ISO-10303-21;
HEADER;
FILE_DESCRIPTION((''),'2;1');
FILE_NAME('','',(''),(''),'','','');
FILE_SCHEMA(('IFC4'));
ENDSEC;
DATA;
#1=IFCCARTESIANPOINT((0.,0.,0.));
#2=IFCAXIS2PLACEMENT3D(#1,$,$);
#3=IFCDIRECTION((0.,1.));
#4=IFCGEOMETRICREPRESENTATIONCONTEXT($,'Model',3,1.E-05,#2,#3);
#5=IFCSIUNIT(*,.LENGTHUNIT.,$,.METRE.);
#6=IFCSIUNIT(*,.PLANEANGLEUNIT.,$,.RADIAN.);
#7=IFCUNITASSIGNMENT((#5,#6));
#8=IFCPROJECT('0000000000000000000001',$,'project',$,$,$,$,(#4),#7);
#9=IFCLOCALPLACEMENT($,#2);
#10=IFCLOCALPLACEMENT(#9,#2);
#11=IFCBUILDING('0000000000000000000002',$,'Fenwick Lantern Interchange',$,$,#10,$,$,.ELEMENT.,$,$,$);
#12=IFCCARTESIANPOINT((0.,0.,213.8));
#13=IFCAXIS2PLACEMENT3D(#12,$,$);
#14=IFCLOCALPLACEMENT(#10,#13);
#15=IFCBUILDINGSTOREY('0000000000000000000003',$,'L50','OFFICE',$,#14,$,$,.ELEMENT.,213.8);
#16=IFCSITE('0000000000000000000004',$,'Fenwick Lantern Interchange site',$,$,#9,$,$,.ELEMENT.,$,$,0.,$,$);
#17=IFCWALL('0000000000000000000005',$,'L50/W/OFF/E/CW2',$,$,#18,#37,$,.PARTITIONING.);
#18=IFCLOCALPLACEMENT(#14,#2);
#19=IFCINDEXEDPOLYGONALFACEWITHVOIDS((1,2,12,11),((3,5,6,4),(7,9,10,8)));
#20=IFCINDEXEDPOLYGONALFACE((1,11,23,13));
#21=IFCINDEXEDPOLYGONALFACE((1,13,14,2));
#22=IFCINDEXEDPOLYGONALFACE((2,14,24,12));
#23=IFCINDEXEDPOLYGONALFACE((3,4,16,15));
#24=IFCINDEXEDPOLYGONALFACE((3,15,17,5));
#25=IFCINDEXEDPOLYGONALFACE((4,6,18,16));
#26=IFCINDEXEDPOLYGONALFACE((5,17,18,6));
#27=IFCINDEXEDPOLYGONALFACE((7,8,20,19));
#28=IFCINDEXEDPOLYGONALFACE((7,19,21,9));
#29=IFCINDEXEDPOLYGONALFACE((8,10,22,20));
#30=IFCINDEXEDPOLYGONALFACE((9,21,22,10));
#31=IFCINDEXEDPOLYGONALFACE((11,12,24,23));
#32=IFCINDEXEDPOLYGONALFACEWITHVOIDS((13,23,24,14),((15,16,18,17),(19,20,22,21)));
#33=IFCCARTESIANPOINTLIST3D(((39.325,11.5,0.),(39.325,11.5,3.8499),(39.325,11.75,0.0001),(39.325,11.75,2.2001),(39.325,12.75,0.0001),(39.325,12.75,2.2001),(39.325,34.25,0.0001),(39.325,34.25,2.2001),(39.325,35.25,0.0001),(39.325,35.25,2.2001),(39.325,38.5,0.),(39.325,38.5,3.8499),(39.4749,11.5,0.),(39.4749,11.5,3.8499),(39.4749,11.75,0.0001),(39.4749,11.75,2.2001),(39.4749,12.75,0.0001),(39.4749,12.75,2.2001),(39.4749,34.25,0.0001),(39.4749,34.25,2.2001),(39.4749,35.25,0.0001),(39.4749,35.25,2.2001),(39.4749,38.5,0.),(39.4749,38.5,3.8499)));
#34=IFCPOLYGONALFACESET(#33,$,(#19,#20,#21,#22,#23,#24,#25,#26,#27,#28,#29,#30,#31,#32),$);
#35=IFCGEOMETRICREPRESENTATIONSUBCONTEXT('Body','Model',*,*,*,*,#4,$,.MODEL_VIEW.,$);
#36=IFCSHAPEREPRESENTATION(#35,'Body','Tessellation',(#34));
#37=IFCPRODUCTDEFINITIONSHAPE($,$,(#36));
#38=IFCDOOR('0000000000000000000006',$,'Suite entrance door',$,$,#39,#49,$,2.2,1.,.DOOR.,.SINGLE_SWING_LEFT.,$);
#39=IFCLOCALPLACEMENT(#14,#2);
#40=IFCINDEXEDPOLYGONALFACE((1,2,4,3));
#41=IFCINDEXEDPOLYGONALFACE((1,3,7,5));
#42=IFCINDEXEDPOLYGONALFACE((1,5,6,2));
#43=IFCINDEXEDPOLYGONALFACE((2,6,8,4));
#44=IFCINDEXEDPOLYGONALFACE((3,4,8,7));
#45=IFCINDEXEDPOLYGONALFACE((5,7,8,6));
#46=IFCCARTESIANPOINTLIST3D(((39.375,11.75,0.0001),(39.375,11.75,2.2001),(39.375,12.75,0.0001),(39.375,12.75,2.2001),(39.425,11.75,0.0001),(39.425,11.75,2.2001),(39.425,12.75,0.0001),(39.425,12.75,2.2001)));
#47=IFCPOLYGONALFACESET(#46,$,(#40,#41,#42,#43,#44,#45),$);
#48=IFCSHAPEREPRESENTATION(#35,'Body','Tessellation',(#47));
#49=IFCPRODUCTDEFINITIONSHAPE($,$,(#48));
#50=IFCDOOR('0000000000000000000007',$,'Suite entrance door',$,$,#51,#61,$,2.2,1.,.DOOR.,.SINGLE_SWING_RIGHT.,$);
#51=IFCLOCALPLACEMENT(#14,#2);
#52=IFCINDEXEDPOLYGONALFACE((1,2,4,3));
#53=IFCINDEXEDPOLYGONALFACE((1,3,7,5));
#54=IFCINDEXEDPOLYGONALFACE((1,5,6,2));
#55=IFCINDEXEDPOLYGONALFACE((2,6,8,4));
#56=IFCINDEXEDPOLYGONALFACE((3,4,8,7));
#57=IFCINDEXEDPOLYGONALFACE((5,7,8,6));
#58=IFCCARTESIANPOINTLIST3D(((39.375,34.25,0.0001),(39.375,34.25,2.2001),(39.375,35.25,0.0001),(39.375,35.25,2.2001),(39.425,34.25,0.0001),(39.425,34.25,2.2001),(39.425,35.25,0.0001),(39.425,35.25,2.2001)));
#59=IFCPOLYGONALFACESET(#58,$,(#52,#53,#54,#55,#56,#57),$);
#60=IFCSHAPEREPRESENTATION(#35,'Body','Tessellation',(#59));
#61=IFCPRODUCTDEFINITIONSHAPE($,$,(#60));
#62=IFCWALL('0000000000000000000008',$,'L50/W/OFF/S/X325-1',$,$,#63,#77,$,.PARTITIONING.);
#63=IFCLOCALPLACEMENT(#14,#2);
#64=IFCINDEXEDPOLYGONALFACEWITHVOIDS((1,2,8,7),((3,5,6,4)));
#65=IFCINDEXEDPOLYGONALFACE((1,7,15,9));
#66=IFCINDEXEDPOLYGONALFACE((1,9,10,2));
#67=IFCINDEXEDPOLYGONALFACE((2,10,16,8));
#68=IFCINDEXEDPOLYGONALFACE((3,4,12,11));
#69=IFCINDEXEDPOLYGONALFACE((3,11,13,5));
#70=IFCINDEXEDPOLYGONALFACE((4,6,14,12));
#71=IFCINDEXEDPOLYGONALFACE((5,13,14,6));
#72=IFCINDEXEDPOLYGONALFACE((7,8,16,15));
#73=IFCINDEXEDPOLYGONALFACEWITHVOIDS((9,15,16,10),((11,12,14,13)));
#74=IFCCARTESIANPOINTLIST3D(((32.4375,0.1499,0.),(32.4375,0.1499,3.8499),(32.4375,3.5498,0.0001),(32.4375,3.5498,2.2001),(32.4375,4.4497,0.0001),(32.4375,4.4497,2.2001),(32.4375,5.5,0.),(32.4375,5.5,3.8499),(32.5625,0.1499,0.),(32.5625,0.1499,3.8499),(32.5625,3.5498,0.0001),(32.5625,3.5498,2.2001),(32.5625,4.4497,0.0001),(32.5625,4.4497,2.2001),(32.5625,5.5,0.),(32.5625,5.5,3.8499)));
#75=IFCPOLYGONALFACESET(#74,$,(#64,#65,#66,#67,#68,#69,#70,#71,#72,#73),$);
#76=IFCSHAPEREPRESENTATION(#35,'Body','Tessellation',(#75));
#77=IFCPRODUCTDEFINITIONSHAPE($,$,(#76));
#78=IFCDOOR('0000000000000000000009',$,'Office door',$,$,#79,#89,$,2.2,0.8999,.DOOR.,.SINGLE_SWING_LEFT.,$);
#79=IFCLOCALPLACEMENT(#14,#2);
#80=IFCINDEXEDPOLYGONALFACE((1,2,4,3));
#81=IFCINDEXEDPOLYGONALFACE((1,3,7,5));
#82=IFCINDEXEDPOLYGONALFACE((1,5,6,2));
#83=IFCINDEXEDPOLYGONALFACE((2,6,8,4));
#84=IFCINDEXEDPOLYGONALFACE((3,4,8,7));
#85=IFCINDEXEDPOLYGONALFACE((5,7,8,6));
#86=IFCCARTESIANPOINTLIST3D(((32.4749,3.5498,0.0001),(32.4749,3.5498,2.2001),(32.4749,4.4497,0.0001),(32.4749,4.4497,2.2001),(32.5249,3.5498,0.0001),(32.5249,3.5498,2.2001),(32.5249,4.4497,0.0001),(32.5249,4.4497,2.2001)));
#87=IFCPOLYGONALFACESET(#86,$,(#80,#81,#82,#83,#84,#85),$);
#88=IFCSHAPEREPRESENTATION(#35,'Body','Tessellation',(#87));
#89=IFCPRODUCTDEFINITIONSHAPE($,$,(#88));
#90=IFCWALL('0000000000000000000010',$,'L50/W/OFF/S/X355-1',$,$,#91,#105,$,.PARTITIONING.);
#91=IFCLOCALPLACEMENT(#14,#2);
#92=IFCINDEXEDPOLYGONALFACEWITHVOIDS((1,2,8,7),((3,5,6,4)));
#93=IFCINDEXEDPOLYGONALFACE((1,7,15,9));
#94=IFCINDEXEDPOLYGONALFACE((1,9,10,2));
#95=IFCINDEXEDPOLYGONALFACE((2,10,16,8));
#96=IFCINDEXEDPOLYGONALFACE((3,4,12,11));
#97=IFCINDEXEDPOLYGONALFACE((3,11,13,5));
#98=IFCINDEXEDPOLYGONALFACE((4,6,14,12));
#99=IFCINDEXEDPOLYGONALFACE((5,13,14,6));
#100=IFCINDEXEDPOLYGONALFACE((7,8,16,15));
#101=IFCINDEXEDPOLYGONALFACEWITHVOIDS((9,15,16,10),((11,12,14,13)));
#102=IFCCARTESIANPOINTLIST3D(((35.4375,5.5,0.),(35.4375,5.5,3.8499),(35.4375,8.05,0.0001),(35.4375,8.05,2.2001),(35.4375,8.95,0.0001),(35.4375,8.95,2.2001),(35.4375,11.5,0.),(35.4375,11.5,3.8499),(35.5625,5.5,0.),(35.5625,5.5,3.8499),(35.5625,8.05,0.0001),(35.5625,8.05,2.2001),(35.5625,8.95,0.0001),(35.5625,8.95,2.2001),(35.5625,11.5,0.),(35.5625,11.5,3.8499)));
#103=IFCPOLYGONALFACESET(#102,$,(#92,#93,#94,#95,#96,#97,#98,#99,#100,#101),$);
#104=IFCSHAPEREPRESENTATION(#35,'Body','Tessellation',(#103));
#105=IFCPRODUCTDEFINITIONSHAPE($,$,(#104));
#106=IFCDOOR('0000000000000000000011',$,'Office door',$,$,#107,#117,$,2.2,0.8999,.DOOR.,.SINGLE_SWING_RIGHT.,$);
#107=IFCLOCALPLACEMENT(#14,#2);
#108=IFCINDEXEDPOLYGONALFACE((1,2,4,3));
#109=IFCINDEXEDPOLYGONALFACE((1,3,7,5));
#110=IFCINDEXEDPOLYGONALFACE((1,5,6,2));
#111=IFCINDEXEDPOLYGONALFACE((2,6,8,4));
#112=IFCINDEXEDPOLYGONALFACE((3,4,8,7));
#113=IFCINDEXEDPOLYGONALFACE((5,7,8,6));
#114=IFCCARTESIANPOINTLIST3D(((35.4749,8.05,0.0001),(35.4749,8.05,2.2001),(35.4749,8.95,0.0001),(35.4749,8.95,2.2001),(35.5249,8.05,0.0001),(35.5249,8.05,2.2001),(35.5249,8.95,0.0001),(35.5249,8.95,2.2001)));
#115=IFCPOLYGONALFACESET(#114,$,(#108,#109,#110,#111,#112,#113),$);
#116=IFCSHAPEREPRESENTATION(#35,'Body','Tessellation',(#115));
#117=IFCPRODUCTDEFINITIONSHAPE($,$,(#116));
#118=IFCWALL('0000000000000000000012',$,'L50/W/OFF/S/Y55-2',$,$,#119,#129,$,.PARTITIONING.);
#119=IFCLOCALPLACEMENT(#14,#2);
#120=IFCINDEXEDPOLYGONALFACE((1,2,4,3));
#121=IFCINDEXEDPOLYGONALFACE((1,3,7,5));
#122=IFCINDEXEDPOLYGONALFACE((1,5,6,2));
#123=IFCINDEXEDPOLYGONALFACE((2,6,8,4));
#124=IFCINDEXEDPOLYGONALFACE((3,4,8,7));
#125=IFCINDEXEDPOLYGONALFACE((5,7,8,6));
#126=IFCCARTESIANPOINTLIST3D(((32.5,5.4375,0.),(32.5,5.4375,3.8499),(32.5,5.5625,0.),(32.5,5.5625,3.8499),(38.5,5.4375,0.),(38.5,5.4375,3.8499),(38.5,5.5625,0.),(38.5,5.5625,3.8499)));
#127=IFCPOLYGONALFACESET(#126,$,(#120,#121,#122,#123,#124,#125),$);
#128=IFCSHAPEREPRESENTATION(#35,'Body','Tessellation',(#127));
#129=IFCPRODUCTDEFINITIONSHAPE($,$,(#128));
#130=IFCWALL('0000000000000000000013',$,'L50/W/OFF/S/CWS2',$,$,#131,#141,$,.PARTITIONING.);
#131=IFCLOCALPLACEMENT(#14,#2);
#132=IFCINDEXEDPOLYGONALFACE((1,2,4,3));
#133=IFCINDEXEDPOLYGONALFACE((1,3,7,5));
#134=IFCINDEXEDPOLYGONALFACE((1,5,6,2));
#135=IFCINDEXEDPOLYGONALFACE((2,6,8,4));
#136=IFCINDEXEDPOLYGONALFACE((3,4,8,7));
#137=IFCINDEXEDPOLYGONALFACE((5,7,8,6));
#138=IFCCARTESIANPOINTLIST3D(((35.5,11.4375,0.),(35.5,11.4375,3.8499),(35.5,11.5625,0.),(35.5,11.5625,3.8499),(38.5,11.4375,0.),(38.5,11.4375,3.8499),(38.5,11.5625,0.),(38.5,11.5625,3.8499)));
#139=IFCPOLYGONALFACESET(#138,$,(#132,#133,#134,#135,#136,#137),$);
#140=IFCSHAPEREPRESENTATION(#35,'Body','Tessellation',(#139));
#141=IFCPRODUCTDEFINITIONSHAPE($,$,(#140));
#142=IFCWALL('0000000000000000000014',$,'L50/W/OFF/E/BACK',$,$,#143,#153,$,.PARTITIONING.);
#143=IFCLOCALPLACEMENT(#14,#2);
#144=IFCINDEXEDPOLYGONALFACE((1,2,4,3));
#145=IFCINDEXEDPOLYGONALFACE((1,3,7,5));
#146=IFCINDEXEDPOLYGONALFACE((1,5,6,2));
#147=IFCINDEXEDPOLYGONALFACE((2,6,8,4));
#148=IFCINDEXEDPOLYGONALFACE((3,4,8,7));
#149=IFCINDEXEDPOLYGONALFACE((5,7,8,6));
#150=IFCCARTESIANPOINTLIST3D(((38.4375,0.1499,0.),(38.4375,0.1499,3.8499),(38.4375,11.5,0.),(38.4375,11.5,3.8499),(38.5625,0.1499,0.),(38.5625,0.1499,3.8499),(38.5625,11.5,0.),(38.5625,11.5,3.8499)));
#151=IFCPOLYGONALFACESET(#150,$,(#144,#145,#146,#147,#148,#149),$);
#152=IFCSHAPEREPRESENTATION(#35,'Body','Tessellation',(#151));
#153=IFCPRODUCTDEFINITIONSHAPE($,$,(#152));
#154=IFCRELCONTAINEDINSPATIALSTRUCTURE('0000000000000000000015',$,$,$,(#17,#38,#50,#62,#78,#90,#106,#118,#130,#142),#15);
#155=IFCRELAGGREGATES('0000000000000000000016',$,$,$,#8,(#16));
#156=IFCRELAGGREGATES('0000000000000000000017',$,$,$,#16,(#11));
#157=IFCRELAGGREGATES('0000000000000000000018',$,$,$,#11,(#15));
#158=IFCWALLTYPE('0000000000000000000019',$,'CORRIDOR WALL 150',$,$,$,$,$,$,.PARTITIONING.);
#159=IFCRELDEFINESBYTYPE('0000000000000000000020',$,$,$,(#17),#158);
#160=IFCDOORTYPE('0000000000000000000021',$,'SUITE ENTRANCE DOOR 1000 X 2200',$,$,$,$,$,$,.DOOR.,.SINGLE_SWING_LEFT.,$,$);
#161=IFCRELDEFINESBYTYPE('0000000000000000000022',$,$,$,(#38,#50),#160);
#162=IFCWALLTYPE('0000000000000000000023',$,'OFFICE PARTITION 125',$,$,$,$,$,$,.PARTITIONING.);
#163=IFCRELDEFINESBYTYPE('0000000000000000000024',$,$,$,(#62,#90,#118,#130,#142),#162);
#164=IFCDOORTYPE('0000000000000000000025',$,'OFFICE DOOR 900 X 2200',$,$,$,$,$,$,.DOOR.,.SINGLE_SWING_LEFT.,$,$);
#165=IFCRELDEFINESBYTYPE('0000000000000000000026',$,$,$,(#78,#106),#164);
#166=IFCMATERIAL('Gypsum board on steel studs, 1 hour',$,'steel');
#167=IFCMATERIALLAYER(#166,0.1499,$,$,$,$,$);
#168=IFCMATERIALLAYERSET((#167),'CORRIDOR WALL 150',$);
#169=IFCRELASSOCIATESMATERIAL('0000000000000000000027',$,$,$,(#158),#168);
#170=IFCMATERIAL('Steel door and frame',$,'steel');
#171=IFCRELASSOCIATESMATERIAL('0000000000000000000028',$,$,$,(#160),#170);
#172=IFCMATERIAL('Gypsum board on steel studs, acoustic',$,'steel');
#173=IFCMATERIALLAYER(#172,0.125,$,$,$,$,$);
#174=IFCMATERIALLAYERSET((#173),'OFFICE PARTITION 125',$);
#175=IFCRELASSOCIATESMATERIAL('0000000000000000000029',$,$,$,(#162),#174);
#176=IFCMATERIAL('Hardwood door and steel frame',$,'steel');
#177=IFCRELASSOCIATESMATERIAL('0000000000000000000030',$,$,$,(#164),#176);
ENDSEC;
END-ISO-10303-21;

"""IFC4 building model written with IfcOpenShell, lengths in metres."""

from ifc_helpers import new_model, si_unit, direction, frame, frame_2d, origin, place, context, subcontext, project, spatial, rectangle, extrude, material, layer, layer_set, type_object, element, fill, save


model = new_model("IFC4")

# Units and contexts
model_context = context("Model", 3, precision=1e-05, world=origin(), true_north=direction((0.0, 1.0)))
body_context = subcontext(model_context, "Body", "Model", "MODEL_VIEW")
ifc_project = project(units=[si_unit("LENGTHUNIT", "METRE"), si_unit("PLANEANGLEUNIT", "RADIAN")], contexts=[model_context])

# Site, building, storey
site_placement = place(None, origin())
site = spatial("IfcSite", under=ifc_project, at=site_placement, Name="Fenwick Lantern Interchange site", CompositionType="ELEMENT", RefElevation=0.0)
building_placement = place(site_placement, origin())
building = spatial("IfcBuilding", under=site, at=building_placement, Name="Fenwick Lantern Interchange", CompositionType="ELEMENT")
storey_placement = place(building_placement, frame((0.0, 0.0, 213.8)))
storey = spatial("IfcBuildingStorey", under=building, at=storey_placement, Name="L50", Description="OFFICE", CompositionType="ELEMENT", Elevation=213.8)

# Shared definitions
ifc_material_1 = material(Name="Steel door and frame", Category="steel")
ifc_material_2 = material(Name="Hardwood door and steel frame", Category="steel")

# Shared definitions
ifc_material_3 = material(Name="Gypsum board on steel studs, 1 hour", Category="steel")
ifc_layer_1 = layer(ifc_material_3, 0.1499)
ifc_layer_set_1 = layer_set([ifc_layer_1], Name="CORRIDOR WALL 150")
wall_type_1 = type_object("IfcWallType", Name="CORRIDOR WALL 150", PredefinedType="PARTITIONING", material=ifc_layer_set_1)

# Wall, openings, doors
wall_1_placement = place(storey_placement, frame((39.3999, 11.5, 0.0), z_axis=(0.0, 0.0, 1.0), x_axis=(0.0, 1.0, 0.0)))
wall_1 = element("IfcWall", 1, at=wall_1_placement, inside=storey, type_object=wall_type_1, Name="L50/W/OFF/E/CW2", PredefinedType="PARTITIONING", context=body_context, shape_type="SweptSolid", body=[
    extrude(rectangle(XDim=27.0, YDim=0.1499, at=frame_2d((13.5, 0.0))), origin(), (0.0, 0.0, 1.0), 3.8499),
])
opening_1_placement = place(wall_1_placement, frame((0.25, 0.0, 0.0)))
opening_1 = element("IfcOpeningElement", 2, at=opening_1_placement, cuts=wall_1, PredefinedType="OPENING", context=body_context, shape_type="SweptSolid", body=[
    extrude(rectangle(XDim=1.0, YDim=2.2, at=frame_2d((0.5, 1.1001))), frame((0.0, 0.085, 0.0), z_axis=(0.0, -1.0, 0.0), x_axis=(1.0, 0.0, 0.0)), (0.0, 0.0, 1.0), 0.1699),
])
opening_2_placement = place(wall_1_placement, frame((22.75, 0.0, 0.0)))
opening_2 = element("IfcOpeningElement", 3, at=opening_2_placement, cuts=wall_1, PredefinedType="OPENING", context=body_context, shape_type="SweptSolid", body=[
    extrude(rectangle(XDim=1.0, YDim=2.2, at=frame_2d((0.5, 1.1001))), frame((0.0, 0.085, 0.0), z_axis=(0.0, -1.0, 0.0), x_axis=(1.0, 0.0, 0.0)), (0.0, 0.0, 1.0), 0.1699),
])
door_type_1 = type_object("IfcDoorType", Name="SUITE ENTRANCE DOOR 1000 X 2200", OperationType="SINGLE_SWING_LEFT", PredefinedType="DOOR", material=ifc_material_1)
door_1_placement = place(opening_1_placement, origin())
door_1 = element("IfcDoor", 4, at=door_1_placement, inside=storey, type_object=door_type_1, Name="Suite entrance door", OperationType="SINGLE_SWING_LEFT", OverallHeight=2.2, OverallWidth=1.0, PredefinedType="DOOR", context=body_context, shape_type="SweptSolid", body=[
    extrude(rectangle(XDim=1.0, YDim=2.2, at=frame_2d((0.5, 1.1001))), frame((0.0, 0.0249, 0.0), z_axis=(0.0, -1.0, 0.0), x_axis=(1.0, 0.0, 0.0)), (0.0, 0.0, 1.0), 0.05),
])
fill(opening_1, door_1)
door_2_placement = place(opening_2_placement, origin())
door_2 = element("IfcDoor", 5, at=door_2_placement, inside=storey, type_object=door_type_1, Name="Suite entrance door", OperationType="SINGLE_SWING_RIGHT", OverallHeight=2.2, OverallWidth=1.0, PredefinedType="DOOR", context=body_context, shape_type="SweptSolid", body=[
    extrude(rectangle(XDim=1.0, YDim=2.2, at=frame_2d((0.5, 1.1001))), frame((0.0, 0.0249, 0.0), z_axis=(0.0, -1.0, 0.0), x_axis=(1.0, 0.0, 0.0)), (0.0, 0.0, 1.0), 0.05),
])
fill(opening_2, door_2)

# Walls, openings, doors
ifc_material_4 = material(Name="Gypsum board on steel studs, acoustic", Category="steel")
ifc_layer_2 = layer(ifc_material_4, 0.125)
ifc_layer_set_2 = layer_set([ifc_layer_2], Name="OFFICE PARTITION 125")
wall_type_2 = type_object("IfcWallType", Name="OFFICE PARTITION 125", PredefinedType="PARTITIONING", material=ifc_layer_set_2)
wall_2_placement = place(storey_placement, frame((32.5, 0.1499, 0.0), z_axis=(0.0, 0.0, 1.0), x_axis=(0.0, 1.0, 0.0)))
wall_2 = element("IfcWall", 6, at=wall_2_placement, inside=storey, type_object=wall_type_2, Name="L50/W/OFF/S/X325-1", PredefinedType="PARTITIONING", context=body_context, shape_type="SweptSolid", body=[
    extrude(rectangle(XDim=5.3501, YDim=0.125, at=frame_2d((2.675, 0.0))), origin(), (0.0, 0.0, 1.0), 3.8499),
])
opening_3_placement = place(wall_2_placement, frame((3.3999, 0.0, 0.0)))
opening_3 = element("IfcOpeningElement", 7, at=opening_3_placement, cuts=wall_2, PredefinedType="OPENING", context=body_context, shape_type="SweptSolid", body=[
    extrude(rectangle(XDim=0.8999, YDim=2.2, at=frame_2d((0.45, 1.1001))), frame((0.0, 0.0725, 0.0), z_axis=(0.0, -1.0, 0.0), x_axis=(1.0, 0.0, 0.0)), (0.0, 0.0, 1.0), 0.145),
])
door_type_2 = type_object("IfcDoorType", Name="OFFICE DOOR 900 X 2200", OperationType="SINGLE_SWING_LEFT", PredefinedType="DOOR", material=ifc_material_2)
door_3_placement = place(opening_3_placement, frame((0.8999, 0.0, 0.0), z_axis=(0.0, 0.0, 1.0), x_axis=(-1.0, 0.0, 0.0)))
door_3 = element("IfcDoor", 8, at=door_3_placement, inside=storey, type_object=door_type_2, Name="Office door", OperationType="SINGLE_SWING_LEFT", OverallHeight=2.2, OverallWidth=0.8999, PredefinedType="DOOR", context=body_context, shape_type="SweptSolid", body=[
    extrude(rectangle(XDim=0.8999, YDim=2.2, at=frame_2d((0.45, 1.1001))), frame((0.0, 0.0249, 0.0), z_axis=(0.0, -1.0, 0.0), x_axis=(1.0, 0.0, 0.0)), (0.0, 0.0, 1.0), 0.05),
])
fill(opening_3, door_3)
wall_3_placement = place(storey_placement, frame((35.5, 5.5, 0.0), z_axis=(0.0, 0.0, 1.0), x_axis=(0.0, 1.0, 0.0)))
wall_3 = element("IfcWall", 9, at=wall_3_placement, inside=storey, type_object=wall_type_2, Name="L50/W/OFF/S/X355-1", PredefinedType="PARTITIONING", context=body_context, shape_type="SweptSolid", body=[
    extrude(rectangle(XDim=6.0, YDim=0.125, at=frame_2d((3.0, 0.0))), origin(), (0.0, 0.0, 1.0), 3.8499),
])
opening_4_placement = place(wall_3_placement, frame((2.55, 0.0, 0.0)))
opening_4 = element("IfcOpeningElement", 10, at=opening_4_placement, cuts=wall_3, PredefinedType="OPENING", context=body_context, shape_type="SweptSolid", body=[
    extrude(rectangle(XDim=0.8999, YDim=2.2, at=frame_2d((0.45, 1.1001))), frame((0.0, 0.0725, 0.0), z_axis=(0.0, -1.0, 0.0), x_axis=(1.0, 0.0, 0.0)), (0.0, 0.0, 1.0), 0.145),
])
door_4_placement = place(opening_4_placement, frame((0.8999, 0.0, 0.0), z_axis=(0.0, 0.0, 1.0), x_axis=(-1.0, 0.0, 0.0)))
door_4 = element("IfcDoor", 11, at=door_4_placement, inside=storey, type_object=door_type_2, Name="Office door", OperationType="SINGLE_SWING_RIGHT", OverallHeight=2.2, OverallWidth=0.8999, PredefinedType="DOOR", context=body_context, shape_type="SweptSolid", body=[
    extrude(rectangle(XDim=0.8999, YDim=2.2, at=frame_2d((0.45, 1.1001))), frame((0.0, 0.0249, 0.0), z_axis=(0.0, -1.0, 0.0), x_axis=(1.0, 0.0, 0.0)), (0.0, 0.0, 1.0), 0.05),
])
fill(opening_4, door_4)

# Walls
wall_4_placement = place(storey_placement, frame((32.5, 5.5, 0.0), z_axis=(0.0, 0.0, 1.0), x_axis=(1.0, 0.0, 0.0)))
element("IfcWall", 12, at=wall_4_placement, inside=storey, type_object=wall_type_2, Name="L50/W/OFF/S/Y55-2", PredefinedType="PARTITIONING", context=body_context, shape_type="SweptSolid", body=[
    extrude(rectangle(XDim=6.0, YDim=0.125, at=frame_2d((3.0, 0.0))), origin(), (0.0, 0.0, 1.0), 3.8499),
])
wall_5_placement = place(storey_placement, frame((35.5, 11.5, 0.0), z_axis=(0.0, 0.0, 1.0), x_axis=(1.0, 0.0, 0.0)))
element("IfcWall", 13, at=wall_5_placement, inside=storey, type_object=wall_type_2, Name="L50/W/OFF/S/CWS2", PredefinedType="PARTITIONING", context=body_context, shape_type="SweptSolid", body=[
    extrude(rectangle(XDim=3.0, YDim=0.125, at=frame_2d((1.5, 0.0))), origin(), (0.0, 0.0, 1.0), 3.8499),
])
wall_6_placement = place(storey_placement, frame((38.5, 0.1499, 0.0), z_axis=(0.0, 0.0, 1.0), x_axis=(0.0, 1.0, 0.0)))
element("IfcWall", 14, at=wall_6_placement, inside=storey, type_object=wall_type_2, Name="L50/W/OFF/E/BACK", PredefinedType="PARTITIONING", context=body_context, shape_type="SweptSolid", body=[
    extrude(rectangle(XDim=11.3501, YDim=0.125, at=frame_2d((5.675, 0.0))), origin(), (0.0, 0.0, 1.0), 3.8499),
])

save(model, "model.ifc")
